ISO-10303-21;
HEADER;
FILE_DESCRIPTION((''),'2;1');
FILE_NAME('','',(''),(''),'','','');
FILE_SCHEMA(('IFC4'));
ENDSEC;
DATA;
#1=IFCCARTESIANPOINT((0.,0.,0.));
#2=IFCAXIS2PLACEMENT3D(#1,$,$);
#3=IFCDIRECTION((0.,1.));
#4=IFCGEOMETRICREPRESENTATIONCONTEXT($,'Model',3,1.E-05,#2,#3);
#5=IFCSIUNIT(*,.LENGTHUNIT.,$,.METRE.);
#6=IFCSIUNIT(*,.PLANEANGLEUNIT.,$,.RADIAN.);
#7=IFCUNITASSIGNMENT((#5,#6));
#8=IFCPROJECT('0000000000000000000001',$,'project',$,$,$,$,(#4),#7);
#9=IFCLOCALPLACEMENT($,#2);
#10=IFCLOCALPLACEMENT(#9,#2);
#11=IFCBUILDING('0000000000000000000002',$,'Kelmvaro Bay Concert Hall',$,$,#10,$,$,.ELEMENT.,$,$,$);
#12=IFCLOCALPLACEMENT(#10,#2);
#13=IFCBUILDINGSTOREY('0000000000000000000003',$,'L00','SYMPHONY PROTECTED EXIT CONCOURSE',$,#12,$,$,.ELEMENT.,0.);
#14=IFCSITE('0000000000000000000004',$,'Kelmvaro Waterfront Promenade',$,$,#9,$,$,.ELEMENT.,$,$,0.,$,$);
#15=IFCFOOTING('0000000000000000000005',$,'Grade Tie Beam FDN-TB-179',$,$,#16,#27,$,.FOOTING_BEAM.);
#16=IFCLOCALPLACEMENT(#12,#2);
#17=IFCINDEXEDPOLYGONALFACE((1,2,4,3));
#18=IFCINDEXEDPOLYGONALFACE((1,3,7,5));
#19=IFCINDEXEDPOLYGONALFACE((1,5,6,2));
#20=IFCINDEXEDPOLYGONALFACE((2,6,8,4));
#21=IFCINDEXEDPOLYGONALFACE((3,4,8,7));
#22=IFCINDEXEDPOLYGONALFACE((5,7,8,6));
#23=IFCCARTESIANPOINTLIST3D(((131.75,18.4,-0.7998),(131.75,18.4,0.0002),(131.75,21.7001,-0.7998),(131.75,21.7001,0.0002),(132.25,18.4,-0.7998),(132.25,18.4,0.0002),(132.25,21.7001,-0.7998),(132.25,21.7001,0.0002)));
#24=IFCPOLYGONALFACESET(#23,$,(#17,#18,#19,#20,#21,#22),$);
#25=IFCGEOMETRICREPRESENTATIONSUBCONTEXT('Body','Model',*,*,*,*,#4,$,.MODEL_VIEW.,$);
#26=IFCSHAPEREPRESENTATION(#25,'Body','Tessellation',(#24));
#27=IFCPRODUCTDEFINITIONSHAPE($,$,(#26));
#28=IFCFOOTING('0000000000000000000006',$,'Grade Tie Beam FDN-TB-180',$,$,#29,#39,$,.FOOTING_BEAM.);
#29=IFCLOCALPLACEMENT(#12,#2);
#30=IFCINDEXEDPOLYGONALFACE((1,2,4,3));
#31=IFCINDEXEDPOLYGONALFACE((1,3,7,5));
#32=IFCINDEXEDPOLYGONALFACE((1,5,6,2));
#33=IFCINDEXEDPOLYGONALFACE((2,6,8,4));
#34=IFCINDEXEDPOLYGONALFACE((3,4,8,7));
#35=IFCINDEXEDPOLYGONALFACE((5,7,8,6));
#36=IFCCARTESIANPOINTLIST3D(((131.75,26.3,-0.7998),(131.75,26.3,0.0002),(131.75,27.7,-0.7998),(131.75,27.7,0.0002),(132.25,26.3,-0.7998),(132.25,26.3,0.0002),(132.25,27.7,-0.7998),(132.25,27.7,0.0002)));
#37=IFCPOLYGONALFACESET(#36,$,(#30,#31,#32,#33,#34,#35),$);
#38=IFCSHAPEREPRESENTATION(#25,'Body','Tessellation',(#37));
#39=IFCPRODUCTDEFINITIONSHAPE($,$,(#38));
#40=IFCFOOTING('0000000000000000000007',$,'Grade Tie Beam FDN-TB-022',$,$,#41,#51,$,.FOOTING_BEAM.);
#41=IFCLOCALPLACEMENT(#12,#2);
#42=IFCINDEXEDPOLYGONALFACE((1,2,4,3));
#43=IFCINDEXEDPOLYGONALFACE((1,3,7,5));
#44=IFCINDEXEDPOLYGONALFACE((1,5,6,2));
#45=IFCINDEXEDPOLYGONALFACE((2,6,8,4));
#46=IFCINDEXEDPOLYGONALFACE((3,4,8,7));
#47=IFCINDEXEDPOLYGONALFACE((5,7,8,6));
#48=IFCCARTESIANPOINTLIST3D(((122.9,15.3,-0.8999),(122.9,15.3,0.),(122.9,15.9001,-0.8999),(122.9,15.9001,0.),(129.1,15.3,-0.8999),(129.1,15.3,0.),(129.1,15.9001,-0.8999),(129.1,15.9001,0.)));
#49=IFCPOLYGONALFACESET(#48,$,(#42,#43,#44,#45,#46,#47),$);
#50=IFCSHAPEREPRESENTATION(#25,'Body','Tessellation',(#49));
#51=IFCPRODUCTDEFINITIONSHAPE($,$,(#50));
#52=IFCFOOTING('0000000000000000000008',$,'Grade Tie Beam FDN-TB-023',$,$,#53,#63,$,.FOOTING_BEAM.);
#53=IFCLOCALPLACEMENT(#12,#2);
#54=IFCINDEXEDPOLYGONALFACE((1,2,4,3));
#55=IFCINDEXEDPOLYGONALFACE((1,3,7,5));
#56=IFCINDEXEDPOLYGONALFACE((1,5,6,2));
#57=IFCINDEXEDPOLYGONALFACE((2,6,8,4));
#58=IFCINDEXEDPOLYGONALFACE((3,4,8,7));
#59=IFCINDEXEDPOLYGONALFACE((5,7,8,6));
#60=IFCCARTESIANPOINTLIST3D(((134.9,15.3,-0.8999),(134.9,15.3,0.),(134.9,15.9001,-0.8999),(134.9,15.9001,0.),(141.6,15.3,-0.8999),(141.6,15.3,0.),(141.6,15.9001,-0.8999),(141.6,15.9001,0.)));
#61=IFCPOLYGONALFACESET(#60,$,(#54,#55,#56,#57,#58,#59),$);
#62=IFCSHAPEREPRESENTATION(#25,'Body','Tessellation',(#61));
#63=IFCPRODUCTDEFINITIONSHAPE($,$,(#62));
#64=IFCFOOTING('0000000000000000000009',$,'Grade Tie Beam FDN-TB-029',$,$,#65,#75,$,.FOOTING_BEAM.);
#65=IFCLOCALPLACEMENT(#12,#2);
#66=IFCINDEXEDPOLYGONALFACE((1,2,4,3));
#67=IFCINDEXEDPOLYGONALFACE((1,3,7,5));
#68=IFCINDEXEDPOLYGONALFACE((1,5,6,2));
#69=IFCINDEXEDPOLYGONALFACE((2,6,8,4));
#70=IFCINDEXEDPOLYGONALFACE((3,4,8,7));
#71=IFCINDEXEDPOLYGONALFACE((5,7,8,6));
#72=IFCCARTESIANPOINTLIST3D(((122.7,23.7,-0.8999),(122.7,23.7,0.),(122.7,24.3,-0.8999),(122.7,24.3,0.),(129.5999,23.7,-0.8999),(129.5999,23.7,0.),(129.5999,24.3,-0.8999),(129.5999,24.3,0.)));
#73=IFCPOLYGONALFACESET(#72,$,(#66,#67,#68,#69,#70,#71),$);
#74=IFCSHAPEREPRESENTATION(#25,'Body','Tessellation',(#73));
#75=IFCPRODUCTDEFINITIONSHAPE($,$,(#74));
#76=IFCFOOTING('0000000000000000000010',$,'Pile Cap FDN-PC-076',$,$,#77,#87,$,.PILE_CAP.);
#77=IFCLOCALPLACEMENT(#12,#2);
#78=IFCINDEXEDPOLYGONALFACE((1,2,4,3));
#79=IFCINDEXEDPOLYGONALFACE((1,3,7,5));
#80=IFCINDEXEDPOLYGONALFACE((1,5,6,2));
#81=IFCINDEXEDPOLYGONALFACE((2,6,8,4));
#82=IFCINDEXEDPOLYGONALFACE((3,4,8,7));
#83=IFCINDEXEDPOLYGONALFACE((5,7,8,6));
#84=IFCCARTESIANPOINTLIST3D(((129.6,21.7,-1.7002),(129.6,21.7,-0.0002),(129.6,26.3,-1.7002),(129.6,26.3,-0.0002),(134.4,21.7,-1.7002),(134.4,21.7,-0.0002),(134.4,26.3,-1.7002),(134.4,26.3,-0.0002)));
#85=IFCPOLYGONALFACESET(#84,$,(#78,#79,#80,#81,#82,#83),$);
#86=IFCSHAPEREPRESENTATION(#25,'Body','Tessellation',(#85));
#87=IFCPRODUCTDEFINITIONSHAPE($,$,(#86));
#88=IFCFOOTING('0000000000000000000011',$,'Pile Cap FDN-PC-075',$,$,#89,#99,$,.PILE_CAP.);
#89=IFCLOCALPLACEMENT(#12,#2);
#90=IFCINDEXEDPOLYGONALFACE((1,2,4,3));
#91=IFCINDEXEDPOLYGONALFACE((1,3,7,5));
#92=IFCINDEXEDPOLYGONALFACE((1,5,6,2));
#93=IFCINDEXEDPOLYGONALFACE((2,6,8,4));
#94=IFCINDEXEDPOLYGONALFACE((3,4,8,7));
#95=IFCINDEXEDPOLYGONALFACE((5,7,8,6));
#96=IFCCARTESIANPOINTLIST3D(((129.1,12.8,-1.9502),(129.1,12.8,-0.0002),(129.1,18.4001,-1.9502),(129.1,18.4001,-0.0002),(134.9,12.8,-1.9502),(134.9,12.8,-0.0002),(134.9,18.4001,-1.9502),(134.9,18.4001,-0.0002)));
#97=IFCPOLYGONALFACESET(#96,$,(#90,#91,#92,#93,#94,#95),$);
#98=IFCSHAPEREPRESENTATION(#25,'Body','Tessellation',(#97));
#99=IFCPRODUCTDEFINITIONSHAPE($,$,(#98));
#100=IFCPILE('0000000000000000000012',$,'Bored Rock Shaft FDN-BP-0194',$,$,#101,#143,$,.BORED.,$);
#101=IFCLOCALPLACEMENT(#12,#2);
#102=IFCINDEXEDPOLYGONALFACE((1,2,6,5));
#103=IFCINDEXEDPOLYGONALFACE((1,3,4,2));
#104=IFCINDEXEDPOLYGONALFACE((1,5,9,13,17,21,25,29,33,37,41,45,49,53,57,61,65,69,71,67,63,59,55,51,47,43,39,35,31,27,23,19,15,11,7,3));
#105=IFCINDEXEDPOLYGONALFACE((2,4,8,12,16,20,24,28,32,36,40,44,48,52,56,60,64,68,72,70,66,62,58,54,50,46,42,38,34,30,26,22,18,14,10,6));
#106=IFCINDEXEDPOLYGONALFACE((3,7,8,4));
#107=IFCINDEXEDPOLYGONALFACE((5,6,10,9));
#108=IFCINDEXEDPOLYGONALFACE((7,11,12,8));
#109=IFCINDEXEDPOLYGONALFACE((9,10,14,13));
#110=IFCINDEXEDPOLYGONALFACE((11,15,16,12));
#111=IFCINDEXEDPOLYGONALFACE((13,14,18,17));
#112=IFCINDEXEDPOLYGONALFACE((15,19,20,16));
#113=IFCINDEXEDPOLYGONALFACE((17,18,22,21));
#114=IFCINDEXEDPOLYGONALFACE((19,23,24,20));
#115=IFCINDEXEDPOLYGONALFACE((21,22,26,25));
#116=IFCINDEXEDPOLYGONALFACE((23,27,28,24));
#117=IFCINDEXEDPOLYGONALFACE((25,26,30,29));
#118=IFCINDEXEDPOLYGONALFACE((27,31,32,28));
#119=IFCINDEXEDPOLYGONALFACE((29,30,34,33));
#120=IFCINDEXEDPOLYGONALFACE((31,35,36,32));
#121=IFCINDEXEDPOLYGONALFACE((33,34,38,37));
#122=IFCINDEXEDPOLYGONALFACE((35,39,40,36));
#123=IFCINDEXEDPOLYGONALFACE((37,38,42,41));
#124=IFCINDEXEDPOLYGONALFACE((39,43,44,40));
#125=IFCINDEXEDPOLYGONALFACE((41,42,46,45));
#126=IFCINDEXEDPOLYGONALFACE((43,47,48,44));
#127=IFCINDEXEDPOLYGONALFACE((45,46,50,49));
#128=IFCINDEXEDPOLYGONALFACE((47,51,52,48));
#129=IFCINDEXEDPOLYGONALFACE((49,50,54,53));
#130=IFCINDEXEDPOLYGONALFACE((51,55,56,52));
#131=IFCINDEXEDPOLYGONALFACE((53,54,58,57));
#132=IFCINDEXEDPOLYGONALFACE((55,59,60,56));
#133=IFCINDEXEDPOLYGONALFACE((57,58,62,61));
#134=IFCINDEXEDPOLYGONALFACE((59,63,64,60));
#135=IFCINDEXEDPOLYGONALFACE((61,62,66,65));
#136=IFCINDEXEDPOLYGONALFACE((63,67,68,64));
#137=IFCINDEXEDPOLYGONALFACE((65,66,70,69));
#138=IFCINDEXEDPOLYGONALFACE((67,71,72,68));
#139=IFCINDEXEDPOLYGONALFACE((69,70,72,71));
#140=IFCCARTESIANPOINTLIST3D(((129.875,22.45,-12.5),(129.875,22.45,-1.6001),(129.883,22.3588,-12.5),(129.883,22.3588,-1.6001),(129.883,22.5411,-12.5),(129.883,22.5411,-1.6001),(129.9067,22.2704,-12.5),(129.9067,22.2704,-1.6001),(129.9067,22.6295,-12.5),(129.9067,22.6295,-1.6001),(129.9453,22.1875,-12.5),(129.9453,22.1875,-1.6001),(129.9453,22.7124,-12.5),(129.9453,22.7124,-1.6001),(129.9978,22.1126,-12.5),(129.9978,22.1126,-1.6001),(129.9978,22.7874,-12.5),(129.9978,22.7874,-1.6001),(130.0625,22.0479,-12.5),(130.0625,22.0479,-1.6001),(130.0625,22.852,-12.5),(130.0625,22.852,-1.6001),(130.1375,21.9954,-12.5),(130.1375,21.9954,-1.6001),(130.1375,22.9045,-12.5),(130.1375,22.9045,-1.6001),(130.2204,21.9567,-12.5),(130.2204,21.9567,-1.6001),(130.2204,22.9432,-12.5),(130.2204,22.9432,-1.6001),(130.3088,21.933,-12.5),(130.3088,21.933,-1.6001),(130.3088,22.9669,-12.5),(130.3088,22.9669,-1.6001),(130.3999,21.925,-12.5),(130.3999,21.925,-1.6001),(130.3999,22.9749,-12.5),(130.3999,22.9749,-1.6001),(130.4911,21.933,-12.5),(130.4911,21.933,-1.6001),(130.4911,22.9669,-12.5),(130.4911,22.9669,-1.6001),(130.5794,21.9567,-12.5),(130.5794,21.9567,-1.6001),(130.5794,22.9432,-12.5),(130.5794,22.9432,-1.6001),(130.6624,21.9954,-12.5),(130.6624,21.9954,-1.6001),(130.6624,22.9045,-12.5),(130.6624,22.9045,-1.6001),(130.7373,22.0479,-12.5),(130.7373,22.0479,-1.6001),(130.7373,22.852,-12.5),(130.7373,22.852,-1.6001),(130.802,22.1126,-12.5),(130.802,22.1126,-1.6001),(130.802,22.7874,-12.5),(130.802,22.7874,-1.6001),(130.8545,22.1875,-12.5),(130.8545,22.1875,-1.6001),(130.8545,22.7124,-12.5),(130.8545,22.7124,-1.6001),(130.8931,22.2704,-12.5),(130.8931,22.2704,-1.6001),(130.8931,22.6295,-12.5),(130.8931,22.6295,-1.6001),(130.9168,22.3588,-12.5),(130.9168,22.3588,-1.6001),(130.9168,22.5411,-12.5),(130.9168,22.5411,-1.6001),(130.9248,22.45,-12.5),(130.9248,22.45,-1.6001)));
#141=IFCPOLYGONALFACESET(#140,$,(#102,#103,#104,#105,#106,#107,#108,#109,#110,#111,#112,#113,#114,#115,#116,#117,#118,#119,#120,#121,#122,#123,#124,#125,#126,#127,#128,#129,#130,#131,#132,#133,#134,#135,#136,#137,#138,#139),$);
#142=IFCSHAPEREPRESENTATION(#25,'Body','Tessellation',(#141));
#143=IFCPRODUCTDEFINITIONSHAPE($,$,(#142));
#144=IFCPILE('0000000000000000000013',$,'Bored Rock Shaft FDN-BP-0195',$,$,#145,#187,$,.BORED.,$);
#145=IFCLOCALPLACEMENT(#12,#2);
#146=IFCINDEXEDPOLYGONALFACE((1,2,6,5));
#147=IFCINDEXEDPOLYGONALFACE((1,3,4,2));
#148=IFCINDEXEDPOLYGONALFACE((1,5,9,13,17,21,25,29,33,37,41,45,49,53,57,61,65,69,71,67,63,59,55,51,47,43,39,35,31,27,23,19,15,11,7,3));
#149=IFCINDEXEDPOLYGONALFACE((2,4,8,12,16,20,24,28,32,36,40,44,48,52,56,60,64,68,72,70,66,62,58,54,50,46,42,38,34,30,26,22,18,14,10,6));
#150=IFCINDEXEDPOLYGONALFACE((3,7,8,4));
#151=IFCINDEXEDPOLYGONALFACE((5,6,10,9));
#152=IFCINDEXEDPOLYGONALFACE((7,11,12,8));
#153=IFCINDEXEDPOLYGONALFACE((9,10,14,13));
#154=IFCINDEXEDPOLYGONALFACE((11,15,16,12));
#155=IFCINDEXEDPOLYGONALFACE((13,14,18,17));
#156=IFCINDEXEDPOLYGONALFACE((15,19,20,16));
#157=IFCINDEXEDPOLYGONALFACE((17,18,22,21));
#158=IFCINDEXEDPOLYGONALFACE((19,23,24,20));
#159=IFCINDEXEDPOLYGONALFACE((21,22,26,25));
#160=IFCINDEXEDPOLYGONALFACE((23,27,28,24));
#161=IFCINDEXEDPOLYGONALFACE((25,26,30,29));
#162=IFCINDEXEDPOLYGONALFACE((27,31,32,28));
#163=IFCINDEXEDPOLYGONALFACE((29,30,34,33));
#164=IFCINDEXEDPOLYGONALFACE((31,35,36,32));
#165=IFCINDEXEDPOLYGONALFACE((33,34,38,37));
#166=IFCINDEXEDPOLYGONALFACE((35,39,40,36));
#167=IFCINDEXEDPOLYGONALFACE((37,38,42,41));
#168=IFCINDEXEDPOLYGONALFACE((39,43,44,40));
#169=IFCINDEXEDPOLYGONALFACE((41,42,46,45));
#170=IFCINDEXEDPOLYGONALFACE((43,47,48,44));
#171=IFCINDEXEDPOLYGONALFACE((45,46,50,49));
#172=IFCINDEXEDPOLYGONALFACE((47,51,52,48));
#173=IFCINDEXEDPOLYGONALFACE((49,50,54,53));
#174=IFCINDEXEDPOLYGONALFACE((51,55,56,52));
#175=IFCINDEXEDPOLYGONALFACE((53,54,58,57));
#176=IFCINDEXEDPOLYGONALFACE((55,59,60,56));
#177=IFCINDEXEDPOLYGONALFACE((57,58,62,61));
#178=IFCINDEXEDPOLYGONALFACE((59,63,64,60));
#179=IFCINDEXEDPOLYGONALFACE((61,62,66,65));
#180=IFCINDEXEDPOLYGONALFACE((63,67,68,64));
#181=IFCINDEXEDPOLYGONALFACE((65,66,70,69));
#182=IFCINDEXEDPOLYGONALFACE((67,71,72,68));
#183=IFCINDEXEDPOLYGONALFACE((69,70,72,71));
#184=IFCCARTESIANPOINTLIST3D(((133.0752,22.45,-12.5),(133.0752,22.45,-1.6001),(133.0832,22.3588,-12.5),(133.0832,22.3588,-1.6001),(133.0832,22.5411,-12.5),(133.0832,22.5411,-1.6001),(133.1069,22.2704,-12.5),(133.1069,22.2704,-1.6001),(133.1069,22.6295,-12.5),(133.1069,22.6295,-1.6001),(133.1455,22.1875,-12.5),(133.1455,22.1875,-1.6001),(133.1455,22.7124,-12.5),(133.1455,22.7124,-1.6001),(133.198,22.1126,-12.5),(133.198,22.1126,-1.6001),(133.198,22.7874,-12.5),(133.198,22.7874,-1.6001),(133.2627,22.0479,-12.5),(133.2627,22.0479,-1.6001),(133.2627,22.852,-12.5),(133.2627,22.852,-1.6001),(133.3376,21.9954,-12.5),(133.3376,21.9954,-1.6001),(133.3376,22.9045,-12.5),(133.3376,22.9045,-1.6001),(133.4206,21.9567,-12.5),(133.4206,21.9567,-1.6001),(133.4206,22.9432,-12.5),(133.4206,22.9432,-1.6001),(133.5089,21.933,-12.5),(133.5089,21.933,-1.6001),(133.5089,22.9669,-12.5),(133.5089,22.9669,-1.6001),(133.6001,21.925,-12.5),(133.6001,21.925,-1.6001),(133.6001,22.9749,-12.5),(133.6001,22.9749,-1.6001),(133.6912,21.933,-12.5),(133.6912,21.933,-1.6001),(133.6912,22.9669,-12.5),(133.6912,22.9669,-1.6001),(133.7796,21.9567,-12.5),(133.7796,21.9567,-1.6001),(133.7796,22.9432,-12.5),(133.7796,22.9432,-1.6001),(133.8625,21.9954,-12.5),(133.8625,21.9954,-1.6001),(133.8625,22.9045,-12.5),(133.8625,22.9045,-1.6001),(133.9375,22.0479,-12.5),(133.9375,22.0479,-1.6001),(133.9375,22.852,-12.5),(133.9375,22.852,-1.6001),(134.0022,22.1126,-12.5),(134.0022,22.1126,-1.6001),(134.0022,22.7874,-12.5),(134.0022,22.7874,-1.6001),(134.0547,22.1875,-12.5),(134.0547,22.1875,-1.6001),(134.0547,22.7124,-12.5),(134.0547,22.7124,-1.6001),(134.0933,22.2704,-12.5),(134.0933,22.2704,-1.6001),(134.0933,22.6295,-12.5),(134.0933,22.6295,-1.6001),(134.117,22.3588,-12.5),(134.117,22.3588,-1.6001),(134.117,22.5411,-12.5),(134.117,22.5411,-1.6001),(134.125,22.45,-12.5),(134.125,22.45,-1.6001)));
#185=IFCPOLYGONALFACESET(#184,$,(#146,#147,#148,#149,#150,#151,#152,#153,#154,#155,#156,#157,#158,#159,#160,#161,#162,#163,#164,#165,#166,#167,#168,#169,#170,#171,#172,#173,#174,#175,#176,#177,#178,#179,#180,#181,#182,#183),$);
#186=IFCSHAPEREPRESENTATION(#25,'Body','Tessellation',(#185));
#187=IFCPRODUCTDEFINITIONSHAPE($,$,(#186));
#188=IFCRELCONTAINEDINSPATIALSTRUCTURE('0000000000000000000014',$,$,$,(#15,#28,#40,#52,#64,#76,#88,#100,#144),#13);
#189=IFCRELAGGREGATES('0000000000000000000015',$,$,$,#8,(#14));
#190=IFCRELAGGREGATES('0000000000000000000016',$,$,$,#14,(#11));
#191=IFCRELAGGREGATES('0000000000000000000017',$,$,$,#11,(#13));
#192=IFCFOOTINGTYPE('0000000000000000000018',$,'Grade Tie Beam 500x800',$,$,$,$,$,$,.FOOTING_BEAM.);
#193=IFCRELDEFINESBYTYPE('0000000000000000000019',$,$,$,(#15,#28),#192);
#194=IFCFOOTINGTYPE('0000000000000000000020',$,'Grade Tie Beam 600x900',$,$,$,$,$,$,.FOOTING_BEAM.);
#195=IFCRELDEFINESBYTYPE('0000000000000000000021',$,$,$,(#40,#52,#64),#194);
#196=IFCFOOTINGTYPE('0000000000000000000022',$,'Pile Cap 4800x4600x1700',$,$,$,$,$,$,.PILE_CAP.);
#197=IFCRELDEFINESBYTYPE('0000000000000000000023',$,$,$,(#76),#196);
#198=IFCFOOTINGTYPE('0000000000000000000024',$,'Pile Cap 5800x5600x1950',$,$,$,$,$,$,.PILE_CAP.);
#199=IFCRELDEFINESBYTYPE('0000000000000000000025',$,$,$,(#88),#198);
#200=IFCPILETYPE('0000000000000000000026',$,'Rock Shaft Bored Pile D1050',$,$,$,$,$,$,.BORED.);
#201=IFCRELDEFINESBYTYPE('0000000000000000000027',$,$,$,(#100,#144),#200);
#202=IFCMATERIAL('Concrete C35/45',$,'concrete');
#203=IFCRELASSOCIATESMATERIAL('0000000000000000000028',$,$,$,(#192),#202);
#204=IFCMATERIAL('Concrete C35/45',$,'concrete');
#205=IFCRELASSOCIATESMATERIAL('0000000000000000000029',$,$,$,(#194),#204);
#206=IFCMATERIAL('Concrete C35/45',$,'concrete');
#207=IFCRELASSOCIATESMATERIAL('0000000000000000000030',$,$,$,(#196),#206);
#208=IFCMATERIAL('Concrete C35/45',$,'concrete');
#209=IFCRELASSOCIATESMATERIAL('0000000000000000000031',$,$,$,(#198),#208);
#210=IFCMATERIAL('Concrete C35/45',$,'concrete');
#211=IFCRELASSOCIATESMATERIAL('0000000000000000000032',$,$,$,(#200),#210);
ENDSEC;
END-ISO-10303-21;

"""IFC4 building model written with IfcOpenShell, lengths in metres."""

from ifc_helpers import new_model, si_unit, direction, frame, origin, origin_2d, place, context, subcontext, project, spatial, rectangle, circle, extrude, material, material_profile, profile_set, type_object, element, save


model = new_model("IFC4")

# Units and contexts
model_context = context("Model", 3, precision=1e-05, world=origin(), true_north=direction((0.0, 1.0)))
body_context = subcontext(model_context, "Body", "Model", "MODEL_VIEW")
ifc_project = project(units=[si_unit("LENGTHUNIT", "METRE"), si_unit("PLANEANGLEUNIT", "RADIAN")], contexts=[model_context])

# Site, building, storey
site_placement = place(None, origin())
site = spatial("IfcSite", under=ifc_project, at=site_placement, Name="Kelmvaro Waterfront Promenade", CompositionType="ELEMENT", RefElevation=0.0)
building_placement = place(site_placement, origin())
building = spatial("IfcBuilding", under=site, at=building_placement, Name="Kelmvaro Bay Concert Hall", CompositionType="ELEMENT")
storey_placement = place(building_placement, origin())
storey = spatial("IfcBuildingStorey", under=building, at=storey_placement, Name="L00", Description="SYMPHONY PROTECTED EXIT CONCOURSE", CompositionType="ELEMENT", Elevation=0.0)

# Footings
ifc_material_1 = material(Name="Concrete C35/45", Category="concrete")
footing_type_1 = type_object("IfcFootingType", Name="Grade Tie Beam 500x800", PredefinedType="FOOTING_BEAM", material=ifc_material_1)
footing_1_placement = place(storey_placement, frame((132.0, 20.05, -0.7998), z_axis=(0.0, 0.0, 1.0), x_axis=(0.0, 1.0, 0.0)))
element("IfcFooting", 1, at=footing_1_placement, inside=storey, type_object=footing_type_1, Name="Grade Tie Beam FDN-TB-179", PredefinedType="FOOTING_BEAM", context=body_context, shape_type="SweptSolid", body=[
    extrude(rectangle(XDim=3.3, YDim=0.5, at=origin_2d()), origin(), (0.0, 0.0, 1.0), 0.8),
])
footing_2_placement = place(storey_placement, frame((132.0, 27.0, -0.7998), z_axis=(0.0, 0.0, 1.0), x_axis=(0.0, 1.0, 0.0)))
element("IfcFooting", 2, at=footing_2_placement, inside=storey, type_object=footing_type_1, Name="Grade Tie Beam FDN-TB-180", PredefinedType="FOOTING_BEAM", context=body_context, shape_type="SweptSolid", body=[
    extrude(rectangle(XDim=1.3999, YDim=0.5, at=origin_2d()), origin(), (0.0, 0.0, 1.0), 0.8),
])
ifc_material_2 = material(Name="Concrete C35/45", Category="concrete")
footing_type_2 = type_object("IfcFootingType", Name="Grade Tie Beam 600x900", PredefinedType="FOOTING_BEAM", material=ifc_material_2)
footing_3_placement = place(storey_placement, frame((126.0, 15.6001, -0.8999), z_axis=(0.0, 0.0, 1.0), x_axis=(1.0, 0.0, 0.0)))
element("IfcFooting", 3, at=footing_3_placement, inside=storey, type_object=footing_type_2, Name="Grade Tie Beam FDN-TB-022", PredefinedType="FOOTING_BEAM", context=body_context, shape_type="SweptSolid", body=[
    extrude(rectangle(XDim=6.2, YDim=0.6001, at=origin_2d()), origin(), (0.0, 0.0, 1.0), 0.8999),
])
footing_4_placement = place(storey_placement, frame((138.25, 15.6001, -0.8999), z_axis=(0.0, 0.0, 1.0), x_axis=(1.0, 0.0, 0.0)))
element("IfcFooting", 4, at=footing_4_placement, inside=storey, type_object=footing_type_2, Name="Grade Tie Beam FDN-TB-023", PredefinedType="FOOTING_BEAM", context=body_context, shape_type="SweptSolid", body=[
    extrude(rectangle(XDim=6.7, YDim=0.6001, at=origin_2d()), origin(), (0.0, 0.0, 1.0), 0.8999),
])
footing_5_placement = place(storey_placement, frame((126.1499, 24.0, -0.8999), z_axis=(0.0, 0.0, 1.0), x_axis=(1.0, 0.0, 0.0)))
element("IfcFooting", 5, at=footing_5_placement, inside=storey, type_object=footing_type_2, Name="Grade Tie Beam FDN-TB-029", PredefinedType="FOOTING_BEAM", context=body_context, shape_type="SweptSolid", body=[
    extrude(rectangle(XDim=6.8999, YDim=0.6001, at=origin_2d()), origin(), (0.0, 0.0, 1.0), 0.8999),
])
ifc_material_3 = material(Name="Concrete C35/45", Category="concrete")
footing_type_3 = type_object("IfcFootingType", Name="Pile Cap 4800x4600x1700", PredefinedType="PILE_CAP", material=ifc_material_3)
footing_6_placement = place(storey_placement, frame((132.0, 24.0, -1.7002), z_axis=(0.0, 0.0, 1.0), x_axis=(1.0, 0.0, 0.0)))
element("IfcFooting", 6, at=footing_6_placement, inside=storey, type_object=footing_type_3, Name="Pile Cap FDN-PC-076", PredefinedType="PILE_CAP", context=body_context, shape_type="SweptSolid", body=[
    extrude(rectangle(XDim=4.8, YDim=4.6001, at=origin_2d()), origin(), (0.0, 0.0, 1.0), 1.7),
])
ifc_material_4 = material(Name="Concrete C35/45", Category="concrete")
footing_type_4 = type_object("IfcFootingType", Name="Pile Cap 5800x5600x1950", PredefinedType="PILE_CAP", material=ifc_material_4)
footing_7_placement = place(storey_placement, frame((132.0, 15.6001, -1.9502), z_axis=(0.0, 0.0, 1.0), x_axis=(1.0, 0.0, 0.0)))
element("IfcFooting", 7, at=footing_7_placement, inside=storey, type_object=footing_type_4, Name="Pile Cap FDN-PC-075", PredefinedType="PILE_CAP", context=body_context, shape_type="SweptSolid", body=[
    extrude(rectangle(XDim=5.8, YDim=5.6001, at=origin_2d()), origin(), (0.0, 0.0, 1.0), 1.95),
])

# Piles
ifc_material_5 = material(Name="Concrete C35/45", Category="concrete")
ifc_material_profile_1 = material_profile(ifc_material_5, circle(Radius=0.5249, at=origin_2d()), Name="PILE-BORED-1050")
ifc_profile_set_1 = profile_set([ifc_material_profile_1], Name="Concrete C35/45")
pile_type_1 = type_object("IfcPileType", Name="Rock Shaft Bored Pile D1050", PredefinedType="BORED", material=ifc_profile_set_1)
for number, where, z_axis, x_axis, name in (
    (8, (130.3999, 22.45, -1.6001), (0.0, 0.0, -1.0), (1.0, 0.0, 0.0), "Bored Rock Shaft FDN-BP-0194"),
    (9, (133.6001, 22.45, -1.6001), (0.0, 0.0, -1.0), (1.0, 0.0, 0.0), "Bored Rock Shaft FDN-BP-0195"),
):
    element("IfcPile", number, at=place(storey_placement, frame(where, z_axis=z_axis, x_axis=x_axis)), inside=storey, type_object=pile_type_1, Name=name, PredefinedType="BORED", context=body_context, shape_type="SweptSolid", body=[
        extrude(circle(Radius=0.5249, at=origin_2d()), origin(), (0.0, 0.0, 1.0), 10.8999),
    ])

save(model, "model.ifc")
